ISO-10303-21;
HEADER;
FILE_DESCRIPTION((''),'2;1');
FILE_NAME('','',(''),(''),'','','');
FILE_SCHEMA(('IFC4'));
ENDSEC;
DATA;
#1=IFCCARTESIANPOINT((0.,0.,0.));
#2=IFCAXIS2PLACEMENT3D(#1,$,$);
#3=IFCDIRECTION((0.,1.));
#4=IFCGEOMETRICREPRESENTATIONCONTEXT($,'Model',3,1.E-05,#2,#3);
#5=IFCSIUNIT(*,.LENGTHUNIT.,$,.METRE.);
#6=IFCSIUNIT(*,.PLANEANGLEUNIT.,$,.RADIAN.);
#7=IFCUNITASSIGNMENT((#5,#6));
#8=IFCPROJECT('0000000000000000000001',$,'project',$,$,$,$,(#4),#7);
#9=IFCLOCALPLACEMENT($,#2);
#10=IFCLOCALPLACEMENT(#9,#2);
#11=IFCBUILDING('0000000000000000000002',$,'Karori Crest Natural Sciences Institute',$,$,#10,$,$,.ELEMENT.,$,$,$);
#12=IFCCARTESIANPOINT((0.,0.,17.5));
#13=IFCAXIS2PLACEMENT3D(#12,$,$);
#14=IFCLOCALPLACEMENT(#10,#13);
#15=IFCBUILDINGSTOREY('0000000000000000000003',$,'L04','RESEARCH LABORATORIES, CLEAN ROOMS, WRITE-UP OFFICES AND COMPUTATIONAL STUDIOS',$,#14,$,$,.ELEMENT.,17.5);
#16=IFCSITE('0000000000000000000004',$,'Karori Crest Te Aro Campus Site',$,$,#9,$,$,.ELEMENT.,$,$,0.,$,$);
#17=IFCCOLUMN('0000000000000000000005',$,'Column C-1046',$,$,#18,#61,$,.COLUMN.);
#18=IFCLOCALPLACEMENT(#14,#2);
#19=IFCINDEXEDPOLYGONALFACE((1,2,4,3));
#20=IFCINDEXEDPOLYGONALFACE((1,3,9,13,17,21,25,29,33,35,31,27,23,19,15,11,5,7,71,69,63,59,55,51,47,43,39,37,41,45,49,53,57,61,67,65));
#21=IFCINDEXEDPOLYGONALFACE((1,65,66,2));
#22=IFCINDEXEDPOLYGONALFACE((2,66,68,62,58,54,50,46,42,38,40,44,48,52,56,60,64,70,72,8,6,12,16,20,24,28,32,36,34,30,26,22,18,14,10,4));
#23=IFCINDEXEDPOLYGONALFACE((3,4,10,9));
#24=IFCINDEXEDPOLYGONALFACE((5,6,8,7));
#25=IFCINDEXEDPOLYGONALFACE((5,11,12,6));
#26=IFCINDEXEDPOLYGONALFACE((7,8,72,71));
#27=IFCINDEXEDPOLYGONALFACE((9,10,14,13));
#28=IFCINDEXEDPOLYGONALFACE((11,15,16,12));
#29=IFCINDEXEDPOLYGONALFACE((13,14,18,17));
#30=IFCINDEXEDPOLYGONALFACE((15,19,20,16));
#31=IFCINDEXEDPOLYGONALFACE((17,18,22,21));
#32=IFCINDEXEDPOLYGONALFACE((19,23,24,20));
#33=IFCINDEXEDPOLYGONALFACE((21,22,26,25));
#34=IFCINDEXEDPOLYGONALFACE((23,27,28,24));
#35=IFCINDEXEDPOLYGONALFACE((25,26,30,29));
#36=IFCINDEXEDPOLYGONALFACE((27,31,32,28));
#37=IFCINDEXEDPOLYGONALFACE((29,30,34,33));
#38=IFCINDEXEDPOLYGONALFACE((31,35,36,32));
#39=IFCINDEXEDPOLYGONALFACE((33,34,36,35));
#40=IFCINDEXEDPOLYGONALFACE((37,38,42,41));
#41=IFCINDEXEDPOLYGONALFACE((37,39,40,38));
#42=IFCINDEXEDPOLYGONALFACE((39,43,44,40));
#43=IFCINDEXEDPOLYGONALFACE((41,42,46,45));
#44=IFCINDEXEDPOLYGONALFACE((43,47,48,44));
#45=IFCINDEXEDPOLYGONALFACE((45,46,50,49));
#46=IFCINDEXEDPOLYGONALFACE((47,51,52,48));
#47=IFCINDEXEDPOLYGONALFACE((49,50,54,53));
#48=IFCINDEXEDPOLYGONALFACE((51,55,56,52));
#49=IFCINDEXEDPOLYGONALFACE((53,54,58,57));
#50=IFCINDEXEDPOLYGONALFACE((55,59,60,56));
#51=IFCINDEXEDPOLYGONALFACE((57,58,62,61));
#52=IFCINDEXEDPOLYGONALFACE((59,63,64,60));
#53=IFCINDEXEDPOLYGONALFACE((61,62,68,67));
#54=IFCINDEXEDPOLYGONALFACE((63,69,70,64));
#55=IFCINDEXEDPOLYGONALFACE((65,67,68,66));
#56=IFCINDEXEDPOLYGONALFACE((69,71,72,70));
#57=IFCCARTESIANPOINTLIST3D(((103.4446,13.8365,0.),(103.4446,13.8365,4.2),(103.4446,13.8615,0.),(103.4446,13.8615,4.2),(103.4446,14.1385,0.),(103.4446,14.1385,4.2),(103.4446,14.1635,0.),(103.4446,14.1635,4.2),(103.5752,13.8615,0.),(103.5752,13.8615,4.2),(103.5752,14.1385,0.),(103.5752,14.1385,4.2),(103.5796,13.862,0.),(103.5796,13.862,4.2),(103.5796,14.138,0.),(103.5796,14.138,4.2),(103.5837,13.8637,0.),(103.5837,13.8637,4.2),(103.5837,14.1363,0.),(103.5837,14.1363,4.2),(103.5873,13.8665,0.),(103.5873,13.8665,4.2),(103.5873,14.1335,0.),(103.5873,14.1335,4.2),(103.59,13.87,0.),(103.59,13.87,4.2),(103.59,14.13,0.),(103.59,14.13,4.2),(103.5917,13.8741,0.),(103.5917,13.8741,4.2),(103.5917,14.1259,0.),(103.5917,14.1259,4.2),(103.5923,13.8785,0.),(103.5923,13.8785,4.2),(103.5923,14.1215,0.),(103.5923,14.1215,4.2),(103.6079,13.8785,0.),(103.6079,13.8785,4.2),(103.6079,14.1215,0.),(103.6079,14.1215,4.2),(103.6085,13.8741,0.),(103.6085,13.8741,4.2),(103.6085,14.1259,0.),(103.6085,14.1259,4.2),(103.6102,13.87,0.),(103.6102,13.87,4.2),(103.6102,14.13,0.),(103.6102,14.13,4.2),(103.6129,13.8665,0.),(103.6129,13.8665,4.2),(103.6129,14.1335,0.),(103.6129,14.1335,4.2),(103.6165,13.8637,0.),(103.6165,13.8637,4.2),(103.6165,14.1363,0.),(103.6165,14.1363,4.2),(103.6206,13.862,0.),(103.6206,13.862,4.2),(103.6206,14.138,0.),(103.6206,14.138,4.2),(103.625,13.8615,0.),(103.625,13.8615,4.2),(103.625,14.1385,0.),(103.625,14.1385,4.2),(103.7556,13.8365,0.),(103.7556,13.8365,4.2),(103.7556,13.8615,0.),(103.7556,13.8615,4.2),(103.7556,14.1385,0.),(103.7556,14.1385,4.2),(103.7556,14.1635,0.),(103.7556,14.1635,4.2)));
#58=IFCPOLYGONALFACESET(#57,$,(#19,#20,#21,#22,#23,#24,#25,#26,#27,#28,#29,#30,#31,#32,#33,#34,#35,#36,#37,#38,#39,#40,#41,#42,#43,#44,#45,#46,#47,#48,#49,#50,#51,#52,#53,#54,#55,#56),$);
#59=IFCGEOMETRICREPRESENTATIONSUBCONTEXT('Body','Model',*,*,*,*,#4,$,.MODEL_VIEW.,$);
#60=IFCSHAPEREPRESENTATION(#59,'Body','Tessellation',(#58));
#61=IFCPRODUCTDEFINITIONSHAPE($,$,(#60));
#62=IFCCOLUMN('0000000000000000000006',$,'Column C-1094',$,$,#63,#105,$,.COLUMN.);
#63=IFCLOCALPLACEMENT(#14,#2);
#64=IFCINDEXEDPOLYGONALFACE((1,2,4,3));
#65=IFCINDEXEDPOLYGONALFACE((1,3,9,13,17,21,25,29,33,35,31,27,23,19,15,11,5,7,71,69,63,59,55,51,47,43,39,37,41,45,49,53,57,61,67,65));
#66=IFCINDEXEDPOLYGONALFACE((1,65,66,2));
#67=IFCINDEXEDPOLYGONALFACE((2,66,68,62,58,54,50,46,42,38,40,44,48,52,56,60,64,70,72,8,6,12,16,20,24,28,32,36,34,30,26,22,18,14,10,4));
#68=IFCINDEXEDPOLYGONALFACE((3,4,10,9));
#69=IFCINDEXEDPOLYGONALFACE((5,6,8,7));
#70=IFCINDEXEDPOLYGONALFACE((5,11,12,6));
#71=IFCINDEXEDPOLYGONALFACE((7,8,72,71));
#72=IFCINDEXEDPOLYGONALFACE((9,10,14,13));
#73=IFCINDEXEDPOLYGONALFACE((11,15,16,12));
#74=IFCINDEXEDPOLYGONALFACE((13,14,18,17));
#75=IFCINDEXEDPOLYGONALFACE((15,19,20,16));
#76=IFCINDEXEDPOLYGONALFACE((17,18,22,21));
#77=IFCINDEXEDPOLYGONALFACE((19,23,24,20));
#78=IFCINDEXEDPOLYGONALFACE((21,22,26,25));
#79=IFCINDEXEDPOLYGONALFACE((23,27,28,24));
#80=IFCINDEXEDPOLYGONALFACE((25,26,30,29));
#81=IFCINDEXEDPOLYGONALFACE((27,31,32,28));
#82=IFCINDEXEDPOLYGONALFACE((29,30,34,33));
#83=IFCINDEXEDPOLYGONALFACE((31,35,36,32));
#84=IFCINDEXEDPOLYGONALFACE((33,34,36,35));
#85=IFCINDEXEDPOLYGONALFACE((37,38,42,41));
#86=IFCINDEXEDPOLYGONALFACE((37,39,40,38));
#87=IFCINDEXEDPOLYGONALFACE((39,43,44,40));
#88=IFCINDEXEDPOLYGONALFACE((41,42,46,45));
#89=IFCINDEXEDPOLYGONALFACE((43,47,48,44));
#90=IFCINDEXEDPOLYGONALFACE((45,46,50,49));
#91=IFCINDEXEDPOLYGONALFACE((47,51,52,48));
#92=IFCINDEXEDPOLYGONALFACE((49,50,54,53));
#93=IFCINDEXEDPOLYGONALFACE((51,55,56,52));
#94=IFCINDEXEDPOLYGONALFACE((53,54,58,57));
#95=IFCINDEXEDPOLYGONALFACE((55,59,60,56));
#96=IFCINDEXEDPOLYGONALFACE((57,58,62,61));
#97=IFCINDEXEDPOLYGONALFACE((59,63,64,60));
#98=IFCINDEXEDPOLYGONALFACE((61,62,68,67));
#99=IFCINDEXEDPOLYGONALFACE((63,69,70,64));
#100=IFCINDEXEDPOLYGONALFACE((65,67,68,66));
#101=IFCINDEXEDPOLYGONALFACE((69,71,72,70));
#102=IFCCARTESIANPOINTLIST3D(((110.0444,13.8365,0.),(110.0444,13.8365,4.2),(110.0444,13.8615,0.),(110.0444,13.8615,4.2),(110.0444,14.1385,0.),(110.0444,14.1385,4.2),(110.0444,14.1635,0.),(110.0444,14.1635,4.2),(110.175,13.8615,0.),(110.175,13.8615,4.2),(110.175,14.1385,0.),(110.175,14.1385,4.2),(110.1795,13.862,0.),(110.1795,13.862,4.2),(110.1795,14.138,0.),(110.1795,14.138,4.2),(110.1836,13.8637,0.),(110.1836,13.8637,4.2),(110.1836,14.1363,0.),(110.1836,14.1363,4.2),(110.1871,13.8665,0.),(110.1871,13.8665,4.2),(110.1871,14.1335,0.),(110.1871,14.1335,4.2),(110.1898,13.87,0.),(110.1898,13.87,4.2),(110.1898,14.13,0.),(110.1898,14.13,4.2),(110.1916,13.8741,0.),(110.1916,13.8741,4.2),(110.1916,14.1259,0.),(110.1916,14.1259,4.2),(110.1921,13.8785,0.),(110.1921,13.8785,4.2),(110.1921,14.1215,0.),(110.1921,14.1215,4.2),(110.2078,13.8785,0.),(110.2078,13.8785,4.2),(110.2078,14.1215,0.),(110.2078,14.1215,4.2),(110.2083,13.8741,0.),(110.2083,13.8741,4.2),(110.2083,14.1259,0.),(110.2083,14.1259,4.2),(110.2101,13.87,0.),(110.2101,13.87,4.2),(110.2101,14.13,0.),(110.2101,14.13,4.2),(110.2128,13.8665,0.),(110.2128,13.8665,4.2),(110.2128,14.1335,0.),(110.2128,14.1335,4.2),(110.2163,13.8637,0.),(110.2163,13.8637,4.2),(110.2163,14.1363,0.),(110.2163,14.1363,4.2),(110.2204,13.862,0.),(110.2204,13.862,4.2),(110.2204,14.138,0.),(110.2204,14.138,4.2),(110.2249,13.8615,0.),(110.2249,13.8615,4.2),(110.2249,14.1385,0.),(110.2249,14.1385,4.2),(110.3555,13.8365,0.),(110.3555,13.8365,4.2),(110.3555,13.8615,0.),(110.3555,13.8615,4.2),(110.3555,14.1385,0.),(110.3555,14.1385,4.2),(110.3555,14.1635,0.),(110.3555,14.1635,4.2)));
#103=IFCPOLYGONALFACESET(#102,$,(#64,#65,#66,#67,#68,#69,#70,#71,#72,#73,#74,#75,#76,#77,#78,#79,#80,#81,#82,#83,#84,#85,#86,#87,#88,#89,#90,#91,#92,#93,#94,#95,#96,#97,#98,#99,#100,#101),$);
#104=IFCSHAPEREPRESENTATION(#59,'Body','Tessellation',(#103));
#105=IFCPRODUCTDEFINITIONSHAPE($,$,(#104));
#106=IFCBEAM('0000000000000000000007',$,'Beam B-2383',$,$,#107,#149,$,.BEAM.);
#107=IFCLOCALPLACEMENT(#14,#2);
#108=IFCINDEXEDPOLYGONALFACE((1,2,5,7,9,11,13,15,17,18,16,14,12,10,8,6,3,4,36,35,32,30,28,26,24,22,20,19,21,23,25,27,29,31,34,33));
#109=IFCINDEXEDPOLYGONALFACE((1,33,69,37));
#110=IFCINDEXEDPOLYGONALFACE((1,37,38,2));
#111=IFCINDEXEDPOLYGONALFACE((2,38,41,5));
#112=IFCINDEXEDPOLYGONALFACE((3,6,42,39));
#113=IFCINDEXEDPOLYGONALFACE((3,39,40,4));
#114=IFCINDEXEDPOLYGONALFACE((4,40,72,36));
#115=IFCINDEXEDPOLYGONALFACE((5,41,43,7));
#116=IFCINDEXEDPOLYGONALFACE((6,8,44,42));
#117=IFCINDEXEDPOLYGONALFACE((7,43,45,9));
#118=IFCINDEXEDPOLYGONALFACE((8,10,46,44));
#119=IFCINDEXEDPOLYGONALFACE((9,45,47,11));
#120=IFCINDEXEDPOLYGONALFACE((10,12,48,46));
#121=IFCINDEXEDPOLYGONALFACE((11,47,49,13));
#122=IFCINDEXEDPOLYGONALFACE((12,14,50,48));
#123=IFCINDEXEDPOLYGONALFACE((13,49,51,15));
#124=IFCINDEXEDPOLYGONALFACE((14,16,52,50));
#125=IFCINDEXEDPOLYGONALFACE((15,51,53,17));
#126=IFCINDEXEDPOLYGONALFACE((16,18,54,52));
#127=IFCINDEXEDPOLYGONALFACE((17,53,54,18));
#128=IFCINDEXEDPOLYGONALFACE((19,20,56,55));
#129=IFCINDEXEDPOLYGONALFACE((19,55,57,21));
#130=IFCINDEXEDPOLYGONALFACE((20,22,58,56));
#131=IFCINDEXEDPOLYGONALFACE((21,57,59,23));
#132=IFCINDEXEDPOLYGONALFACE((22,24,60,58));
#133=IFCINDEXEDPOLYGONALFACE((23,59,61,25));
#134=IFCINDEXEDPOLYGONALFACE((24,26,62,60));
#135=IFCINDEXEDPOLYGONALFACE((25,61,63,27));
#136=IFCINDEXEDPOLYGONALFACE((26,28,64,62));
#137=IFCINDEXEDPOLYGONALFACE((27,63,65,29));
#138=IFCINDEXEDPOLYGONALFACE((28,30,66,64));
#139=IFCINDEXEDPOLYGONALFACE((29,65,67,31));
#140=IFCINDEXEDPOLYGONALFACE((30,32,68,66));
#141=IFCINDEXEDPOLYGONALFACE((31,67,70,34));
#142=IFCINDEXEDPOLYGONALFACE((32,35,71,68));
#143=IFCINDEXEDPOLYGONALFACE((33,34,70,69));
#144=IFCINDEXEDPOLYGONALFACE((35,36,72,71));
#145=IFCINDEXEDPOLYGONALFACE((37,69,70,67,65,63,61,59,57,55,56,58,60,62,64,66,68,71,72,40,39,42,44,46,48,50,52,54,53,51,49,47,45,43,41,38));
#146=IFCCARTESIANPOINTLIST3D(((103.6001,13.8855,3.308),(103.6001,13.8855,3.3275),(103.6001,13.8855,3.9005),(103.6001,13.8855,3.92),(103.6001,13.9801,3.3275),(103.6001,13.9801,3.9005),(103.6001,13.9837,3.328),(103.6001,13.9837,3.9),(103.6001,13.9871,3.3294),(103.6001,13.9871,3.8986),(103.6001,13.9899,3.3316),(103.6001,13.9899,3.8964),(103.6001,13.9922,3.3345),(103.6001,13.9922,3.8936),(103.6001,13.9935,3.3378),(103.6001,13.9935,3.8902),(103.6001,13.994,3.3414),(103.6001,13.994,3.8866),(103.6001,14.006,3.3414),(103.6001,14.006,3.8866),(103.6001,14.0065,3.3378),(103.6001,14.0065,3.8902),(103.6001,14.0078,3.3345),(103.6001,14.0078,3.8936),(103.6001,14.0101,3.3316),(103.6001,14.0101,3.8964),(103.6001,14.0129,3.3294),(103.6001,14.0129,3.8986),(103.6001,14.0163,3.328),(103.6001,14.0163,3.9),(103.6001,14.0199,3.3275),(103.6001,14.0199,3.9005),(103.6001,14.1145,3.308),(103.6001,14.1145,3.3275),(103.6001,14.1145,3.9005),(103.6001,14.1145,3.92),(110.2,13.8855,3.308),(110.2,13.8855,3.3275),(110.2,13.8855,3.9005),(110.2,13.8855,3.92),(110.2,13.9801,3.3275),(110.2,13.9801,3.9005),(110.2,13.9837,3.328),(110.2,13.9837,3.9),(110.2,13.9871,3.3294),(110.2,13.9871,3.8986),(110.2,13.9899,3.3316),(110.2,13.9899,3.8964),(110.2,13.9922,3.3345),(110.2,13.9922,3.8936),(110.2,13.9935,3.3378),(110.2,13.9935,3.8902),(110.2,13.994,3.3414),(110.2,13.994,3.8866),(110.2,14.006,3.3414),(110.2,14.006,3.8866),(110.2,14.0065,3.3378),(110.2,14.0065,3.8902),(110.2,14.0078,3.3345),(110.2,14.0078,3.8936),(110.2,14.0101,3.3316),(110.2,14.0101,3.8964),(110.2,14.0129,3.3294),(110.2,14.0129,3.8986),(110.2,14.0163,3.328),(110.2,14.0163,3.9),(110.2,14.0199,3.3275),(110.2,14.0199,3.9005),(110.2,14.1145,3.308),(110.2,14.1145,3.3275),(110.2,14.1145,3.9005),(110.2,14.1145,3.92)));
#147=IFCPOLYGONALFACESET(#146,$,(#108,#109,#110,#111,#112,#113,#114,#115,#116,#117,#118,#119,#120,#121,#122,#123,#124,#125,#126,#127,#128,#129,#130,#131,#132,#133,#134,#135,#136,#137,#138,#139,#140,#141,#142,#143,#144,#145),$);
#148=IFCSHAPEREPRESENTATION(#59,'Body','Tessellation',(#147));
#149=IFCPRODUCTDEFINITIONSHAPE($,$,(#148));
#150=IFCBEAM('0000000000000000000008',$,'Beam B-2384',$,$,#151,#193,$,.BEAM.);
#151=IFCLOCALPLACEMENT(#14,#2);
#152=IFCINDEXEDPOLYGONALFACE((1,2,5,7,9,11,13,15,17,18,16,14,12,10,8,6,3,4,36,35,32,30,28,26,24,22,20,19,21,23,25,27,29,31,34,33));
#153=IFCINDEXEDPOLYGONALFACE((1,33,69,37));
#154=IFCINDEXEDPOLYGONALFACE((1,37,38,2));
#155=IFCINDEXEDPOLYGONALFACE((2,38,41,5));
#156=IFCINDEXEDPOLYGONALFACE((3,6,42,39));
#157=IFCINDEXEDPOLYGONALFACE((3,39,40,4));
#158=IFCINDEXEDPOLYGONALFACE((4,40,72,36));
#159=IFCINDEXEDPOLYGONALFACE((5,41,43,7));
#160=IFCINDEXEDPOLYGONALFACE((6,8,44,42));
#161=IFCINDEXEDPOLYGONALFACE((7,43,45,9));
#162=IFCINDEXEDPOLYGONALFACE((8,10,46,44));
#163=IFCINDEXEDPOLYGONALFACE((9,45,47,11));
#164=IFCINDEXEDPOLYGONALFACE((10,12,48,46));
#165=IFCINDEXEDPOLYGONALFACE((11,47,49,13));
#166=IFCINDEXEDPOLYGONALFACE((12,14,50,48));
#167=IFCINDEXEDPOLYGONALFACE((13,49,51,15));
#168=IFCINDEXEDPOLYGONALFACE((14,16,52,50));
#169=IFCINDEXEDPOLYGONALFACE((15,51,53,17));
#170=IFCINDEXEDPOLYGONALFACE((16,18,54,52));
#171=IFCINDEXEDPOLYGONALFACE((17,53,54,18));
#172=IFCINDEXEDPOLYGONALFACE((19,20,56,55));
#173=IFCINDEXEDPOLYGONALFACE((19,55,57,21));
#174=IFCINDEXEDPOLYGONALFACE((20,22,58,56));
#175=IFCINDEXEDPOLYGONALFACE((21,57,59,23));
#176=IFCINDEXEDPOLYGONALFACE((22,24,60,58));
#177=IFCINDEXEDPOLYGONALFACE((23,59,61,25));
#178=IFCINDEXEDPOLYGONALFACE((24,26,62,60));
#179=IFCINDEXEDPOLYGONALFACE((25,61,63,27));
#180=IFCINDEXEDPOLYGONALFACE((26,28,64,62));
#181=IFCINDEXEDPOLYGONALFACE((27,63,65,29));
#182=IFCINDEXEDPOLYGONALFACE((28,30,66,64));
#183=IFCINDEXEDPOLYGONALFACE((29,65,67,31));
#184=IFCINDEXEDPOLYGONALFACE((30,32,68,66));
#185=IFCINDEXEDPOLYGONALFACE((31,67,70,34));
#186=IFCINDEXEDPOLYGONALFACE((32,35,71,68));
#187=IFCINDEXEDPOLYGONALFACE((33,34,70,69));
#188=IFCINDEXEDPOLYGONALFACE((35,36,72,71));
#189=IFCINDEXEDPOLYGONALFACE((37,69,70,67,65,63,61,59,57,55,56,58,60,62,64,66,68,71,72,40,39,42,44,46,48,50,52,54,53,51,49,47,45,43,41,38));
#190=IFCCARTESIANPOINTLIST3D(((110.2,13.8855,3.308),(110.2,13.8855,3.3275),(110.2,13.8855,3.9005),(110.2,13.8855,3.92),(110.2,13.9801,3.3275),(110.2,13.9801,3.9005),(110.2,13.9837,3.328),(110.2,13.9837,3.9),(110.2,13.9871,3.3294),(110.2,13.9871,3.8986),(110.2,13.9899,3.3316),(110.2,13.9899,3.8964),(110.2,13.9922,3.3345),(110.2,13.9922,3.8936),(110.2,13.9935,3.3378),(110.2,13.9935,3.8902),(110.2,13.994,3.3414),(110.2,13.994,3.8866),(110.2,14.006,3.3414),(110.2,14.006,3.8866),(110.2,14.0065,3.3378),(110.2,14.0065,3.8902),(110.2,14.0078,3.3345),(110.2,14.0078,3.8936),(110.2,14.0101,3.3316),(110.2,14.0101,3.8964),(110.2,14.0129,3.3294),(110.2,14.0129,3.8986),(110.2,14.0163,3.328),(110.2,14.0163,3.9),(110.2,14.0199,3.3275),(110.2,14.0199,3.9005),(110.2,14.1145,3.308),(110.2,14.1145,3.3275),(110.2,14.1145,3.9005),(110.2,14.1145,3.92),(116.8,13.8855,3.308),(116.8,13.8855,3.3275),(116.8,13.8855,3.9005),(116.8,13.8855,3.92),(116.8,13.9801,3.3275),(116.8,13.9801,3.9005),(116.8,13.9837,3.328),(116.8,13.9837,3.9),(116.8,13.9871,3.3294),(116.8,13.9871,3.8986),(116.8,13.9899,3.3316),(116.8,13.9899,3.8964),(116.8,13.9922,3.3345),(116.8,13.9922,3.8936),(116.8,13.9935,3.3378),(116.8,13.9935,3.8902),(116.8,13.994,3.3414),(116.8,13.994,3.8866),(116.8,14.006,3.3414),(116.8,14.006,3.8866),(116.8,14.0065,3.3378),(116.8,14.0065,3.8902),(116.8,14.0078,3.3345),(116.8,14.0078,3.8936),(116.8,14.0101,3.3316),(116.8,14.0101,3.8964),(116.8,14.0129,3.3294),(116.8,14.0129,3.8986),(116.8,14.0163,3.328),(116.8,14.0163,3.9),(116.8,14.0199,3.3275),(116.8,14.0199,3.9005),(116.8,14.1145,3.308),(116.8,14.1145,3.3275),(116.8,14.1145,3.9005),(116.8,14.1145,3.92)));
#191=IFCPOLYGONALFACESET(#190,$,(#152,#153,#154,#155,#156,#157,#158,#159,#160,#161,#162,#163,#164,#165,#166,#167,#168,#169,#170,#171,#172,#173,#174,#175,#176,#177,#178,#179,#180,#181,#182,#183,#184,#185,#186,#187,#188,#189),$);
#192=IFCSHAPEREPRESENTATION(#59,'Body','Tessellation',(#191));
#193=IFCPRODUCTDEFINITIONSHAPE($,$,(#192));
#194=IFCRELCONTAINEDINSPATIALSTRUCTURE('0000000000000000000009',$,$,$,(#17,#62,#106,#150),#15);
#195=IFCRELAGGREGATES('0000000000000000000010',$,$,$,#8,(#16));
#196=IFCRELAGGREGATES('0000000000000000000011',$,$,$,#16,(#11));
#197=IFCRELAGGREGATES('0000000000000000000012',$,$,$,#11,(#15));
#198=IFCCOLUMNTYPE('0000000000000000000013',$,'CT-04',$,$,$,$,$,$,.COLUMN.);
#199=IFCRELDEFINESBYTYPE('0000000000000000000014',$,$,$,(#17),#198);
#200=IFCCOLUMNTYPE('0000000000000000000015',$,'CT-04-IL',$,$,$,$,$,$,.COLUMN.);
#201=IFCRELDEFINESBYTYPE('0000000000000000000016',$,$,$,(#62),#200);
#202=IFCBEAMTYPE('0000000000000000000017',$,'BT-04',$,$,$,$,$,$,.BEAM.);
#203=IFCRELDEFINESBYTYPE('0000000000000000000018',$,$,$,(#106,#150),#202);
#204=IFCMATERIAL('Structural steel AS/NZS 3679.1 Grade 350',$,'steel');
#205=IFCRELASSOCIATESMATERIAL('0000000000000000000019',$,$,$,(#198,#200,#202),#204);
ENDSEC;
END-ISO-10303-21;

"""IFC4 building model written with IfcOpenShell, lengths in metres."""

from ifc_helpers import new_model, si_unit, direction, frame, origin, origin_2d, place, context, subcontext, project, spatial, i_section, extrude, material, material_profile, profile_set, type_object, element, save


model = new_model("IFC4")

# Units and contexts
model_context = context("Model", 3, precision=1e-05, world=origin(), true_north=direction((0.0, 1.0)))
body_context = subcontext(model_context, "Body", "Model", "MODEL_VIEW")
ifc_project = project(units=[si_unit("LENGTHUNIT", "METRE"), si_unit("PLANEANGLEUNIT", "RADIAN")], contexts=[model_context])

# Site, building, storey
site_placement = place(None, origin())
site = spatial("IfcSite", under=ifc_project, at=site_placement, Name="Karori Crest Te Aro Campus Site", CompositionType="ELEMENT", RefElevation=0.0)
building_placement = place(site_placement, origin())
building = spatial("IfcBuilding", under=site, at=building_placement, Name="Karori Crest Natural Sciences Institute", CompositionType="ELEMENT")
storey_placement = place(building_placement, frame((0.0, 0.0, 17.5)))
storey = spatial("IfcBuildingStorey", under=building, at=storey_placement, Name="L04", Description="RESEARCH LABORATORIES, CLEAN ROOMS, WRITE-UP OFFICES AND COMPUTATIONAL STUDIOS", CompositionType="ELEMENT", Elevation=17.5)

# Columns
ifc_material_1 = material(Name="Structural steel AS/NZS 3679.1 Grade 350", Category="steel")
ifc_material_profile_1 = material_profile(ifc_material_1, i_section(OverallWidth=0.311, OverallDepth=0.3269, WebThickness=0.0156, FlangeThickness=0.0249, FilletRadius=0.0171, at=origin_2d()), Name="310UC158")
ifc_profile_set_1 = profile_set([ifc_material_profile_1], Name="Structural steel AS/NZS 3679.1 Grade 350")
column_type_1 = type_object("IfcColumnType", Name="CT-04", PredefinedType="COLUMN", material=ifc_profile_set_1)
column_1_placement = place(storey_placement, frame((103.6001, 14.0, 0.0), z_axis=(0.0, 0.0, 1.0), x_axis=(1.0, 0.0, 0.0)))
element("IfcColumn", 1, at=column_1_placement, inside=storey, type_object=column_type_1, Name="Column C-1046", PredefinedType="COLUMN", context=body_context, shape_type="SweptSolid", body=[
    extrude(i_section(OverallWidth=0.311, OverallDepth=0.3269, WebThickness=0.0156, FlangeThickness=0.0249, FilletRadius=0.0171, at=origin_2d()), origin(), (0.0, 0.0, 1.0), 4.2),
])
ifc_material_profile_2 = material_profile(ifc_material_1, i_section(OverallWidth=0.311, OverallDepth=0.3269, WebThickness=0.0156, FlangeThickness=0.0249, FilletRadius=0.0171, at=origin_2d()), Name="310UC158")
ifc_profile_set_2 = profile_set([ifc_material_profile_2], Name="Structural steel AS/NZS 3679.1 Grade 350")
column_type_2 = type_object("IfcColumnType", Name="CT-04-IL", PredefinedType="COLUMN", material=ifc_profile_set_2)
column_2_placement = place(storey_placement, frame((110.2, 14.0, 0.0), z_axis=(0.0, 0.0, 1.0), x_axis=(1.0, 0.0, 0.0)))
element("IfcColumn", 2, at=column_2_placement, inside=storey, type_object=column_type_2, Name="Column C-1094", PredefinedType="COLUMN", context=body_context, shape_type="SweptSolid", body=[
    extrude(i_section(OverallWidth=0.311, OverallDepth=0.3269, WebThickness=0.0156, FlangeThickness=0.0249, FilletRadius=0.0171, at=origin_2d()), origin(), (0.0, 0.0, 1.0), 4.2),
])

# Beams
ifc_material_profile_3 = material_profile(ifc_material_1, i_section(OverallWidth=0.229, OverallDepth=0.6121, WebThickness=0.012, FlangeThickness=0.0195, FilletRadius=0.0139, at=origin_2d()), Name="610UB125")
ifc_profile_set_3 = profile_set([ifc_material_profile_3], Name="Structural steel AS/NZS 3679.1 Grade 350")
beam_type_1 = type_object("IfcBeamType", Name="BT-04", PredefinedType="BEAM", material=ifc_profile_set_3)
beam_1_placement = place(storey_placement, frame((103.6001, 14.0, 3.614), z_axis=(1.0, 0.0, 0.0), x_axis=(0.0, 1.0, 0.0)))
element("IfcBeam", 3, at=beam_1_placement, inside=storey, type_object=beam_type_1, Name="Beam B-2383", PredefinedType="BEAM", context=body_context, shape_type="SweptSolid", body=[
    extrude(i_section(OverallWidth=0.229, OverallDepth=0.6121, WebThickness=0.012, FlangeThickness=0.0195, FilletRadius=0.0139, at=origin_2d()), origin(), (0.0, 0.0, 1.0), 6.5999),
])
beam_2_placement = place(storey_placement, frame((110.2, 14.0, 3.614), z_axis=(1.0, 0.0, 0.0), x_axis=(0.0, 1.0, 0.0)))
element("IfcBeam", 4, at=beam_2_placement, inside=storey, type_object=beam_type_1, Name="Beam B-2384", PredefinedType="BEAM", context=body_context, shape_type="SweptSolid", body=[
    extrude(i_section(OverallWidth=0.229, OverallDepth=0.6121, WebThickness=0.012, FlangeThickness=0.0195, FilletRadius=0.0139, at=origin_2d()), origin(), (0.0, 0.0, 1.0), 6.6001),
])

save(model, "model.ifc")
